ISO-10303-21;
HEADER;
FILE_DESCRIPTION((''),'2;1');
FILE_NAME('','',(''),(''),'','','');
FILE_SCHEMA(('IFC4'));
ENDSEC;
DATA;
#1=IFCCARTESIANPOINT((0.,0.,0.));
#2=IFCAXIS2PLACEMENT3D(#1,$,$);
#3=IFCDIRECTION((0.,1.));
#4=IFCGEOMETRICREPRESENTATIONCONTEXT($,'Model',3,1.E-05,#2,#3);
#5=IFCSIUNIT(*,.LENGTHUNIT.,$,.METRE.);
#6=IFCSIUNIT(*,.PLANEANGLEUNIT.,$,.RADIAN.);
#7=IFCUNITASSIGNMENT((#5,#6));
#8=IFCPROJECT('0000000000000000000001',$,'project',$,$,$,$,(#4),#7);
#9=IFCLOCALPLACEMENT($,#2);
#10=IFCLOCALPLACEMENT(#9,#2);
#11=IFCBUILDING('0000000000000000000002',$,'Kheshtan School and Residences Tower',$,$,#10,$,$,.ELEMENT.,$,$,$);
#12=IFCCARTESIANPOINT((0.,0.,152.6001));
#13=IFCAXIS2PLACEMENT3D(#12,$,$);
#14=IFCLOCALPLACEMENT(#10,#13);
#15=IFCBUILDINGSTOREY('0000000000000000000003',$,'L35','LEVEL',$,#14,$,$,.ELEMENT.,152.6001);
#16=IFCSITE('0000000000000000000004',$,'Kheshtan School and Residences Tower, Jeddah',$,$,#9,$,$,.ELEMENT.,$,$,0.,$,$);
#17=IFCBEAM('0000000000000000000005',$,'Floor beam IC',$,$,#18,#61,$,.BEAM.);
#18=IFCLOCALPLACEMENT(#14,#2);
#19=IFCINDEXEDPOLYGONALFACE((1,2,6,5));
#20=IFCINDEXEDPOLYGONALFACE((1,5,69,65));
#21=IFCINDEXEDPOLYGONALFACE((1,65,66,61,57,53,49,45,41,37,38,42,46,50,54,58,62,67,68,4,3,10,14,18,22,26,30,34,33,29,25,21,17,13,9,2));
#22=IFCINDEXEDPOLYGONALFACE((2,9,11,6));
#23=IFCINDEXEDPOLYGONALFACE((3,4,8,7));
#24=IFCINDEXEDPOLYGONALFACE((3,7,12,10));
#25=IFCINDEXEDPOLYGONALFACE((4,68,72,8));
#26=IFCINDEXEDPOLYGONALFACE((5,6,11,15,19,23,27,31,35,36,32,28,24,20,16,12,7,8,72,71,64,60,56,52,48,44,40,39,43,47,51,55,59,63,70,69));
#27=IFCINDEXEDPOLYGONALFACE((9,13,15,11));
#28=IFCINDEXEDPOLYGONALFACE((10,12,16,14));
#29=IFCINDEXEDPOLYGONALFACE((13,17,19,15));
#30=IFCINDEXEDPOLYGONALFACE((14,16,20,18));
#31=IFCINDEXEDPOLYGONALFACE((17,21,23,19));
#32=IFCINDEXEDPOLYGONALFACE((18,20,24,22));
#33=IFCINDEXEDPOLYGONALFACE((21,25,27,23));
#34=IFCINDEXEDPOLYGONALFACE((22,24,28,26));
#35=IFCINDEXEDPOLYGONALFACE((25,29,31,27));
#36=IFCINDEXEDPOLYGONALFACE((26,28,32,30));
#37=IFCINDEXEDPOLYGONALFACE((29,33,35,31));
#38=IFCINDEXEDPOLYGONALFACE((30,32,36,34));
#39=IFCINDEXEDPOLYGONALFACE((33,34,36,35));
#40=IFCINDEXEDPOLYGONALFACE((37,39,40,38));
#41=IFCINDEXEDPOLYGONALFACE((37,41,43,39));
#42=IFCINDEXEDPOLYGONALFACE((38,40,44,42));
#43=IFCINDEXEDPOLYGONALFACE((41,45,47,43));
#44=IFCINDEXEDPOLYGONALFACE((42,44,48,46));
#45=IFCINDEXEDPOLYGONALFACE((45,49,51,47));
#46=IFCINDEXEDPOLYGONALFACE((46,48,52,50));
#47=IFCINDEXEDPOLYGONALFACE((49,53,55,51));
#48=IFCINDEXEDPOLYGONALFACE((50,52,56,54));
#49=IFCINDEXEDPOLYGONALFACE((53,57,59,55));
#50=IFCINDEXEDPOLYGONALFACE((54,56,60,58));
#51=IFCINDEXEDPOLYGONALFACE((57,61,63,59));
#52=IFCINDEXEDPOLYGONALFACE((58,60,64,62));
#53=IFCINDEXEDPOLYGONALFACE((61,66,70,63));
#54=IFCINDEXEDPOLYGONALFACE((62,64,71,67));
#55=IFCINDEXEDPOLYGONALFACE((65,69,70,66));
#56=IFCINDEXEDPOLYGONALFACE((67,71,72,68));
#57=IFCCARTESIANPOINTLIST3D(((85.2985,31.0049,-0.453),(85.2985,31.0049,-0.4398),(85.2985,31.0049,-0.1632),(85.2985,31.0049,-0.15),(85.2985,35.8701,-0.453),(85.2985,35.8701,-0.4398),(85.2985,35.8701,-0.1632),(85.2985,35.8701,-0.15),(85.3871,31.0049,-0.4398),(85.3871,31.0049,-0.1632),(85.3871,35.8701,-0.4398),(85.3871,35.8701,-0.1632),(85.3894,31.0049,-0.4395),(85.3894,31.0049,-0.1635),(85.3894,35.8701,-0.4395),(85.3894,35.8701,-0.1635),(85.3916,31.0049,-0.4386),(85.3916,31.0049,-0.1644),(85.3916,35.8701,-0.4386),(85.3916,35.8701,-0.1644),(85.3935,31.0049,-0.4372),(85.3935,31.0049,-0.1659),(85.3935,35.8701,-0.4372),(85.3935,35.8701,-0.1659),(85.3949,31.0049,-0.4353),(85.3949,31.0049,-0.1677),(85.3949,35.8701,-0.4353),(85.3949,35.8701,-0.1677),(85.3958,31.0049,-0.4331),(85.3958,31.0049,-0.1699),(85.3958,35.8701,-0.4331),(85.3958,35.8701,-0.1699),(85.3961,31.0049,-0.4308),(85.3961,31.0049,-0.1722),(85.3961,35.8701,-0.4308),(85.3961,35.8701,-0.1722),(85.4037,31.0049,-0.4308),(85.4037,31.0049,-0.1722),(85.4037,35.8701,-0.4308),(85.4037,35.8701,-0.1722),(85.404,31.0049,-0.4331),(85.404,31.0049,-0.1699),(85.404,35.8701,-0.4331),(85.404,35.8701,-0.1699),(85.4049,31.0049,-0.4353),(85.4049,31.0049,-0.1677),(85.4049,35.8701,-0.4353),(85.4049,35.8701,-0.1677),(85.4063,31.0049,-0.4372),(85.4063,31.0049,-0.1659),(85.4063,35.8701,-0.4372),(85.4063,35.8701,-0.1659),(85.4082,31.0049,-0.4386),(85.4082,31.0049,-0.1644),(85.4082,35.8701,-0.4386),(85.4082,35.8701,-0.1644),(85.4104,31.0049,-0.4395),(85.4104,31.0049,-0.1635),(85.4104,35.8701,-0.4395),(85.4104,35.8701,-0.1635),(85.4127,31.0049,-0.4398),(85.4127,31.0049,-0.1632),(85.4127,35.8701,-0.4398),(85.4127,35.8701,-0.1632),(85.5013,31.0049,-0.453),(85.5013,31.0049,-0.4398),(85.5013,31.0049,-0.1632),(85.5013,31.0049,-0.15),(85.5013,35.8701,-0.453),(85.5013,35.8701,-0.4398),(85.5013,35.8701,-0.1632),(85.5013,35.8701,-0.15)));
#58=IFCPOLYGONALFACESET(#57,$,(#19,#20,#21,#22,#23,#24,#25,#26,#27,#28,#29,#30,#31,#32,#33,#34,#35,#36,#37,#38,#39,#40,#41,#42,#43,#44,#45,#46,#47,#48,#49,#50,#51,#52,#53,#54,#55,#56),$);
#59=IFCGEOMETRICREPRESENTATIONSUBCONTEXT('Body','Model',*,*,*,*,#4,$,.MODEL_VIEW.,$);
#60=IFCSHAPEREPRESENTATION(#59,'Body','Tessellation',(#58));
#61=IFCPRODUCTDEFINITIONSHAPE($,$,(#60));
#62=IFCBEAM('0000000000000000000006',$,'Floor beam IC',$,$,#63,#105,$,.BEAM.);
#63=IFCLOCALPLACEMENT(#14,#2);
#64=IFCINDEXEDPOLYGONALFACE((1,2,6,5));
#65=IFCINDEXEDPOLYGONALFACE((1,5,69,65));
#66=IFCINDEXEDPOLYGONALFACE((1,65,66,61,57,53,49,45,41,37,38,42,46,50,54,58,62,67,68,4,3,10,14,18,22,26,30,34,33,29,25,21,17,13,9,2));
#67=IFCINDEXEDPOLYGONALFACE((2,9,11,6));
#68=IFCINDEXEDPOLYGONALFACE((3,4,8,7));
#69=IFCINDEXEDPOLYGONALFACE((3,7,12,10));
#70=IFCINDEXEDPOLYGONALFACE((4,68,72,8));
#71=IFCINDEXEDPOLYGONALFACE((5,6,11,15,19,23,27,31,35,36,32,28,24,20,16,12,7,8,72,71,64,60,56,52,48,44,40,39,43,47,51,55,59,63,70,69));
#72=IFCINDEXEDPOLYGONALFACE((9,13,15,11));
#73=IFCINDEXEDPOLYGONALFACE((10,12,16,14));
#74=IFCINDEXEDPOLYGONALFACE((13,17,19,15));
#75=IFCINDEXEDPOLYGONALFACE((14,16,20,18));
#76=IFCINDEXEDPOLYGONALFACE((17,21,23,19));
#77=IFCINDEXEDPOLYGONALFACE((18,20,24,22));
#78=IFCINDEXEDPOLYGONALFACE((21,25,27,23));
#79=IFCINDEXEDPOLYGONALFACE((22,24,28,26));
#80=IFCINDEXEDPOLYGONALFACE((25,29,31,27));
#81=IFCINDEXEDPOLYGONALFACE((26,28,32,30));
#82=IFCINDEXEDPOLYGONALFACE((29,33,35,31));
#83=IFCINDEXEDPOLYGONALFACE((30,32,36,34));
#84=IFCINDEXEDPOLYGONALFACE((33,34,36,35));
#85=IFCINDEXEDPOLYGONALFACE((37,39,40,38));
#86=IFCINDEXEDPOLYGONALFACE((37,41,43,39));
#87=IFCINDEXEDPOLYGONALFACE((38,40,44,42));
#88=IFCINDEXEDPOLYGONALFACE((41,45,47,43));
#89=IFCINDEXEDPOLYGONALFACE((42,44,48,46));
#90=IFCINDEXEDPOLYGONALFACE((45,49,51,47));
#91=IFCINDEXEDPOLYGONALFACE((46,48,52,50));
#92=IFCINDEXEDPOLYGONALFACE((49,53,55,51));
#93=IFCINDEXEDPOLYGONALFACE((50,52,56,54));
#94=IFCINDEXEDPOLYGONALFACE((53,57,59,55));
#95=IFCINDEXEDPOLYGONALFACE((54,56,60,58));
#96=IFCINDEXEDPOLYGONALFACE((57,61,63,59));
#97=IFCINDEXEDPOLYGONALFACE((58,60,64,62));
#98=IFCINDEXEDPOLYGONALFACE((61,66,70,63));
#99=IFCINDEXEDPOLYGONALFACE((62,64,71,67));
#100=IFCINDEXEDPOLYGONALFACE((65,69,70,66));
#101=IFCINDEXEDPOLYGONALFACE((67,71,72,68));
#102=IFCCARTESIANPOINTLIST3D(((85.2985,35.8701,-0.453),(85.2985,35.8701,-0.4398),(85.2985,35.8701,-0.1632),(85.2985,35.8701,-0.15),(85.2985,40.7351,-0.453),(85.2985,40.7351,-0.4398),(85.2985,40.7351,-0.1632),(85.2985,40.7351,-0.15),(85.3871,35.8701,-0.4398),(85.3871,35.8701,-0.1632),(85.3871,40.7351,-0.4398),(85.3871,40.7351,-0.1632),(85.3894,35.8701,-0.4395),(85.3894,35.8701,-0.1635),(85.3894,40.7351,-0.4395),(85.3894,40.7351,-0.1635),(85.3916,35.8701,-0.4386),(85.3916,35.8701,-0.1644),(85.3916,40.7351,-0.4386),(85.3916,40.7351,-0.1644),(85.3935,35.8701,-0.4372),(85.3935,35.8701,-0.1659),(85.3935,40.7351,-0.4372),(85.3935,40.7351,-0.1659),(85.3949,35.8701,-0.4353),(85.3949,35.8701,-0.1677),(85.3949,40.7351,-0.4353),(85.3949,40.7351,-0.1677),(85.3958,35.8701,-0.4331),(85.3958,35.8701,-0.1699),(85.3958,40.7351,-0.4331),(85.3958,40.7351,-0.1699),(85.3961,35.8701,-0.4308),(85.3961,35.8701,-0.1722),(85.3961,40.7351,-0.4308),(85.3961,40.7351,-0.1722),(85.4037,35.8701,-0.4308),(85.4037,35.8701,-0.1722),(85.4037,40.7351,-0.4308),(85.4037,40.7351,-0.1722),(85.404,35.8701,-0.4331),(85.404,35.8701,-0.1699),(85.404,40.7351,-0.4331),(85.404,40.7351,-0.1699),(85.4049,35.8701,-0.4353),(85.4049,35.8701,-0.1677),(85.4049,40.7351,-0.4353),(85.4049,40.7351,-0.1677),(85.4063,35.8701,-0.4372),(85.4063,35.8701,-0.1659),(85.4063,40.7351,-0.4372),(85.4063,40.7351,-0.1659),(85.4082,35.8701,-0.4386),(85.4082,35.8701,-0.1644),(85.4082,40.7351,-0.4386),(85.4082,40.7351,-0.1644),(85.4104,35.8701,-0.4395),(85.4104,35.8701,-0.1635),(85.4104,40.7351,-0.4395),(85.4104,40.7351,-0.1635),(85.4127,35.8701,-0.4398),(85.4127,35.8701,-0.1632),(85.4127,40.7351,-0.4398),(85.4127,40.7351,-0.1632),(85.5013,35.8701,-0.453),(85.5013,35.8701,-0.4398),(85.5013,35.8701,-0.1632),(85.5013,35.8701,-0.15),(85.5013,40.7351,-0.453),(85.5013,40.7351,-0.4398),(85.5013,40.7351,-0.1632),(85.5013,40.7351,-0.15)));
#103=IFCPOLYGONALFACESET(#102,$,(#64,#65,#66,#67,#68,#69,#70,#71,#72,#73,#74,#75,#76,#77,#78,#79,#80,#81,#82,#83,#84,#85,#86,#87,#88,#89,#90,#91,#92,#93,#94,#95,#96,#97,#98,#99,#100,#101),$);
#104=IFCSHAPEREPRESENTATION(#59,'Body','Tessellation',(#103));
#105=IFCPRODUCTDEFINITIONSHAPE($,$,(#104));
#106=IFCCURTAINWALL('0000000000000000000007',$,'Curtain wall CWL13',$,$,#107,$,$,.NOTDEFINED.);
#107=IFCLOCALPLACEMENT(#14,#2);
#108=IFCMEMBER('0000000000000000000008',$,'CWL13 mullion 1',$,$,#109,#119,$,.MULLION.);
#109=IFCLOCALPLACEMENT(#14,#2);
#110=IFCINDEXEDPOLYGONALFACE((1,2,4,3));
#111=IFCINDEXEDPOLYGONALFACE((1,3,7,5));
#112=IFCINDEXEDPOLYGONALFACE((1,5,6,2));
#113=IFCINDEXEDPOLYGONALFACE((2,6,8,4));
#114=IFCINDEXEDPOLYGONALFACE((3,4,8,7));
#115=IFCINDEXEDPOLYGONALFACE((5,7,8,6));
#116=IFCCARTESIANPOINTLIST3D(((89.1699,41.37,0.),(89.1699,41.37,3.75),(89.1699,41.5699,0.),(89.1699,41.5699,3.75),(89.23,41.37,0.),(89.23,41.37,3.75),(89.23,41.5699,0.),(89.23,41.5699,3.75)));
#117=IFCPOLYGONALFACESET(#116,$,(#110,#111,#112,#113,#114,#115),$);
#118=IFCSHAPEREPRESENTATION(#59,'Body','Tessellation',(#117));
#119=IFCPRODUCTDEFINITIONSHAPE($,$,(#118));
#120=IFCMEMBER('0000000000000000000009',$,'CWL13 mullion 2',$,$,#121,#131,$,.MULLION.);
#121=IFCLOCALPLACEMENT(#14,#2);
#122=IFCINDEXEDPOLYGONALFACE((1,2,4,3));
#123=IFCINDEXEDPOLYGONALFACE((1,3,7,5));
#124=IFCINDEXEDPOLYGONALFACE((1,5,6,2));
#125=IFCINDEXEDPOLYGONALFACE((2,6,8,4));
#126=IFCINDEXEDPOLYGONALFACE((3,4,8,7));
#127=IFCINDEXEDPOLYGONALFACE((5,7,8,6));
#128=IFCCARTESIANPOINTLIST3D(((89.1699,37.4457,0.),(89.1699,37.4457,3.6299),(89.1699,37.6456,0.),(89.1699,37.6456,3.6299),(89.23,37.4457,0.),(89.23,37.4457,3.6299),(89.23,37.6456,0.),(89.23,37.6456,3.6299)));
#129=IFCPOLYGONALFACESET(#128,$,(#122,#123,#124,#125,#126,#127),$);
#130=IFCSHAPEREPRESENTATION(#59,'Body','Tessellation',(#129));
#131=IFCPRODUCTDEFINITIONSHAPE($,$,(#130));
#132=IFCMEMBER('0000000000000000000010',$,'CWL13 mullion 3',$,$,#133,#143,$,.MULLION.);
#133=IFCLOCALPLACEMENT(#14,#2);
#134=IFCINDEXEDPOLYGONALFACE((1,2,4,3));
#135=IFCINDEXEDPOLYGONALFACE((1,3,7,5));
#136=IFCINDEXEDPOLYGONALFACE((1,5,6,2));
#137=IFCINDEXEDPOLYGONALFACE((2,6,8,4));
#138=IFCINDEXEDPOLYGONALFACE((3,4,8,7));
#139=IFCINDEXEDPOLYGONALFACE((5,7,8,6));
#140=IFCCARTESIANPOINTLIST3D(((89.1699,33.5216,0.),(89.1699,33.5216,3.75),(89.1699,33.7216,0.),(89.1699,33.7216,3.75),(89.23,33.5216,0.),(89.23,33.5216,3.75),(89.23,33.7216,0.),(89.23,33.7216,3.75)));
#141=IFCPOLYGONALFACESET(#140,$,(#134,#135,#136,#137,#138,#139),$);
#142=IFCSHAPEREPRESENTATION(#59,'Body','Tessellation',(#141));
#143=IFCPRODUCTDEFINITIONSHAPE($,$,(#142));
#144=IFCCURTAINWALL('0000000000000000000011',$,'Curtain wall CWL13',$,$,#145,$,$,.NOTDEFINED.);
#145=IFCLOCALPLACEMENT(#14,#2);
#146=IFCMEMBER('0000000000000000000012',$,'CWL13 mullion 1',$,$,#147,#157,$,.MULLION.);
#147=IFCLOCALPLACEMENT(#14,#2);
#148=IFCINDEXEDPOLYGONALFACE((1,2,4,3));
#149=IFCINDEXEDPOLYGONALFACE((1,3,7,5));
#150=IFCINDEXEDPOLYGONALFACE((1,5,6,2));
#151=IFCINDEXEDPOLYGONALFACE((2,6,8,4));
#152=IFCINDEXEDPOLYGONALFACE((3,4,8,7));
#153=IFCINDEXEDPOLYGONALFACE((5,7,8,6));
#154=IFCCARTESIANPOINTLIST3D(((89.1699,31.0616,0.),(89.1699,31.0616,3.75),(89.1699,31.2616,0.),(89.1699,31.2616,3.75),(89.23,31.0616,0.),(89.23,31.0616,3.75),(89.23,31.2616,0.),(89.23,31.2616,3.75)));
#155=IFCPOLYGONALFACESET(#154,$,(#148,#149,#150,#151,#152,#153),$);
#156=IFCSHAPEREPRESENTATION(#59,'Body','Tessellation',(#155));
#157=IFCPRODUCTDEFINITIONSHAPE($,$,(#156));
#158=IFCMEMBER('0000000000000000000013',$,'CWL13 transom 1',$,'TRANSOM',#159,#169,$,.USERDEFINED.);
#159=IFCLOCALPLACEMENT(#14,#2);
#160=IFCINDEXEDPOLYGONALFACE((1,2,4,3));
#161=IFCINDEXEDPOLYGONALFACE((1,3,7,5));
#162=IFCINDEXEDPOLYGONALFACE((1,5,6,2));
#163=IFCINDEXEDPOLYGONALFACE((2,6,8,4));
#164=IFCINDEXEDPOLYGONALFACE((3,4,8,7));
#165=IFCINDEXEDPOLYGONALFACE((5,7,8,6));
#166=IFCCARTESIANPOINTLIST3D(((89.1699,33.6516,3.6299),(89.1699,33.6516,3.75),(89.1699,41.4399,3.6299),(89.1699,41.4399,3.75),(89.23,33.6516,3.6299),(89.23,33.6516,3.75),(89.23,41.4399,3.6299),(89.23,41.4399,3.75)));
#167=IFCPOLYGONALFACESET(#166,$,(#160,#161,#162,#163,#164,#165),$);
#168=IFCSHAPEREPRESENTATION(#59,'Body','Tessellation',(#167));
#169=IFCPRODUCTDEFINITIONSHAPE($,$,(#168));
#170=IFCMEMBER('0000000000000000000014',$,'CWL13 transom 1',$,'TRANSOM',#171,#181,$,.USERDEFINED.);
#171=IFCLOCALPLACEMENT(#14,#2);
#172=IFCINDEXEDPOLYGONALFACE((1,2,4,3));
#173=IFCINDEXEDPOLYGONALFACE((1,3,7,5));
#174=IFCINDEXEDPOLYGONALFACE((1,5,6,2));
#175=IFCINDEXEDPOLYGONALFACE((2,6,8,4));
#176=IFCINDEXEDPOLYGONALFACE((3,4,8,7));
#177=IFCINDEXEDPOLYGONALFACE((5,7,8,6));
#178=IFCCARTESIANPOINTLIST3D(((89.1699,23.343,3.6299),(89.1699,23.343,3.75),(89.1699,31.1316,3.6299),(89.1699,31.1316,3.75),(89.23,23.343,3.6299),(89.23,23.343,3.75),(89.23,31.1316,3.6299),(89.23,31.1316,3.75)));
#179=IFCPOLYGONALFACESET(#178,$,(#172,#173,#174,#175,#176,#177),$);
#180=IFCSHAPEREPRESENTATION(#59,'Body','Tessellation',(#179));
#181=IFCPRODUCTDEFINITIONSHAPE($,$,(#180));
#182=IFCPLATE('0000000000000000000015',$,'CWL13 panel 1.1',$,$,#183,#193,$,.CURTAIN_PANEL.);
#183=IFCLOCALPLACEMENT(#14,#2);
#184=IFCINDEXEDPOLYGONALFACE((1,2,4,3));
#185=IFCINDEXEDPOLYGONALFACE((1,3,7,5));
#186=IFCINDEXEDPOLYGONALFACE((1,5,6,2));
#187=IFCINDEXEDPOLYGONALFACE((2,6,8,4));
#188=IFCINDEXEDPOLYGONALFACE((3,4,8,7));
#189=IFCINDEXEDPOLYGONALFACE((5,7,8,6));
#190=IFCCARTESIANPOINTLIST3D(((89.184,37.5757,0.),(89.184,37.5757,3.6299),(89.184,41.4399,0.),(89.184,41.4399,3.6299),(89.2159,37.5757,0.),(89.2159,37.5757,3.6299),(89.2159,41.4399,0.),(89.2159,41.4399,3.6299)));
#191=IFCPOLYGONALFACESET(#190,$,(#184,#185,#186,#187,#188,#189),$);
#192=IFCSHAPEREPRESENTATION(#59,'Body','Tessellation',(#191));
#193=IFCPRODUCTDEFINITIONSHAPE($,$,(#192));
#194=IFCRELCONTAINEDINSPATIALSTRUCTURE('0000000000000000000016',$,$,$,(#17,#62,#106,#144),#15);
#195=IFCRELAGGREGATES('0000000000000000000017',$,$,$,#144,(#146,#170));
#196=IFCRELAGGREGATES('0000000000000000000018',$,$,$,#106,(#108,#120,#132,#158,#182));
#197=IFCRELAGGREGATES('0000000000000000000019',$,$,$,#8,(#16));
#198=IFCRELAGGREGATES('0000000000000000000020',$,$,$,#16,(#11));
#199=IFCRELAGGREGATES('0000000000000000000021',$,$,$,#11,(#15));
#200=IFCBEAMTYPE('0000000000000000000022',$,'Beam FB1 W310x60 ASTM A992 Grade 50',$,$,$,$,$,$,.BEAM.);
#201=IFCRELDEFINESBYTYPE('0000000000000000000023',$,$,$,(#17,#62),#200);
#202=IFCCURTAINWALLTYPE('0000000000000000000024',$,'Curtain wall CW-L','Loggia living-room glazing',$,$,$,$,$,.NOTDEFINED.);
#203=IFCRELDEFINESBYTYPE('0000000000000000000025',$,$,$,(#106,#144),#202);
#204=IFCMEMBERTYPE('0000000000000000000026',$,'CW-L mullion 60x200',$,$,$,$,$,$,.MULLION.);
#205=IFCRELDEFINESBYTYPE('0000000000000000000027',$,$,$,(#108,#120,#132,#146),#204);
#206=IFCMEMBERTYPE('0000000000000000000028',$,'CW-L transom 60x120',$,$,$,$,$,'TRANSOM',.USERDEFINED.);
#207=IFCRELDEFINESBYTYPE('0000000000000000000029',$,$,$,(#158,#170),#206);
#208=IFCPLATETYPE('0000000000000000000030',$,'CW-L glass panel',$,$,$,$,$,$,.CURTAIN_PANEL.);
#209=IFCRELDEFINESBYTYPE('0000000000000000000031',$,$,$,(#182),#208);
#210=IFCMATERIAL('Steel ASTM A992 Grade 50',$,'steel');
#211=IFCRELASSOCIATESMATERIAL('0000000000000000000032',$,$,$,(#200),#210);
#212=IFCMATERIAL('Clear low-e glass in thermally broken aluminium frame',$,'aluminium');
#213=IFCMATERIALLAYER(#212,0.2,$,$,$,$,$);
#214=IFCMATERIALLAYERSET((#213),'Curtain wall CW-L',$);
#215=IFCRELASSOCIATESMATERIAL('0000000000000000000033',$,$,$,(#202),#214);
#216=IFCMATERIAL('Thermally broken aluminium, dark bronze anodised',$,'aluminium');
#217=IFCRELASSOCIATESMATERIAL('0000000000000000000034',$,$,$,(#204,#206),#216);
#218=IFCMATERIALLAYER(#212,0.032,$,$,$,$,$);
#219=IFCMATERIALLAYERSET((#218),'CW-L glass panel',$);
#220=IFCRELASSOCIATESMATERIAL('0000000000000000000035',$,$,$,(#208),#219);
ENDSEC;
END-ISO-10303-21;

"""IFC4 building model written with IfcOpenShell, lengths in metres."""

from ifc_helpers import new_model, si_unit, direction, frame, origin, origin_2d, place, context, subcontext, project, spatial, rectangle, i_section, extrude, material, layer, layer_set, material_profile, profile_set, type_object, element, aggregate, save


model = new_model("IFC4")

# Units and contexts
model_context = context("Model", 3, precision=1e-05, world=origin(), true_north=direction((0.0, 1.0)))
body_context = subcontext(model_context, "Body", "Model", "MODEL_VIEW")
ifc_project = project(units=[si_unit("LENGTHUNIT", "METRE"), si_unit("PLANEANGLEUNIT", "RADIAN")], contexts=[model_context])

# Site, building, storey
site_placement = place(None, origin())
site = spatial("IfcSite", under=ifc_project, at=site_placement, Name="Kheshtan School and Residences Tower, Jeddah", CompositionType="ELEMENT", RefElevation=0.0)
building_placement = place(site_placement, origin())
building = spatial("IfcBuilding", under=site, at=building_placement, Name="Kheshtan School and Residences Tower", CompositionType="ELEMENT")
storey_placement = place(building_placement, frame((0.0, 0.0, 152.6001)))
storey = spatial("IfcBuildingStorey", under=building, at=storey_placement, Name="L35", Description="LEVEL", CompositionType="ELEMENT", Elevation=152.6001)

# Beams
ifc_material_1 = material(Name="Steel ASTM A992 Grade 50", Category="steel")
ifc_material_profile_1 = material_profile(ifc_material_1, i_section(OverallWidth=0.2029, OverallDepth=0.303, WebThickness=0.0076, FlangeThickness=0.0132, FilletRadius=0.009, at=origin_2d()), Name="W310x60")
ifc_profile_set_1 = profile_set([ifc_material_profile_1], Name="Steel ASTM A992 Grade 50")
beam_type = type_object("IfcBeamType", Name="Beam FB1 W310x60 ASTM A992 Grade 50", PredefinedType="BEAM", material=ifc_profile_set_1)
beam_1_placement = place(storey_placement, frame((85.3999, 31.0049, -0.3015), z_axis=(0.0, 1.0, 0.0), x_axis=(-1.0, 0.0, 0.0)))
element("IfcBeam", 1, at=beam_1_placement, inside=storey, type_object=beam_type, Name="Floor beam IC", PredefinedType="BEAM", context=body_context, shape_type="SweptSolid", body=[
    extrude(i_section(OverallWidth=0.2029, OverallDepth=0.303, WebThickness=0.0076, FlangeThickness=0.0132, FilletRadius=0.009, at=origin_2d()), origin(), (0.0, 0.0, 1.0), 4.8652),
])
beam_2_placement = place(storey_placement, frame((85.3999, 40.7351, -0.3015), z_axis=(0.0, -1.0, 0.0), x_axis=(1.0, 0.0, 0.0)))
element("IfcBeam", 2, at=beam_2_placement, inside=storey, type_object=beam_type, Name="Floor beam IC", PredefinedType="BEAM", context=body_context, shape_type="SweptSolid", body=[
    extrude(i_section(OverallWidth=0.2029, OverallDepth=0.303, WebThickness=0.0076, FlangeThickness=0.0132, FilletRadius=0.009, at=origin_2d()), origin(), (0.0, 0.0, 1.0), 4.865),
])

# Curtain wall, members
ifc_material_2 = material(Name="Clear low-e glass in thermally broken aluminium frame", Category="aluminium")
ifc_layer_1 = layer(ifc_material_2, 0.2)
ifc_layer_set_1 = layer_set([ifc_layer_1], Name="Curtain wall CW-L")
curtain_wall_type = type_object("IfcCurtainWallType", Name="Curtain wall CW-L", Description="Loggia living-room glazing", PredefinedType="NOTDEFINED", material=ifc_layer_set_1)
curtain_wall_1_placement = place(storey_placement, origin())
curtain_wall_1 = element("IfcCurtainWall", 3, at=curtain_wall_1_placement, inside=storey, type_object=curtain_wall_type, Name="Curtain wall CWL13", PredefinedType="NOTDEFINED")
ifc_material_3 = material(Name="Thermally broken aluminium, dark bronze anodised", Category="aluminium")
ifc_material_profile_2 = material_profile(ifc_material_3, rectangle(XDim=0.0601, YDim=0.2, at=origin_2d()), Name="CW-L mullion 60x200")
ifc_profile_set_2 = profile_set([ifc_material_profile_2], Name="Thermally broken aluminium, dark bronze anodised")
member_type_1 = type_object("IfcMemberType", Name="CW-L mullion 60x200", PredefinedType="MULLION", material=ifc_profile_set_2)
member_1_placement = place(storey_placement, frame((89.2, 41.47, 0.0), z_axis=(0.0, 0.0, 1.0), x_axis=(1.0, 0.0, 0.0)))
member_1 = element("IfcMember", 4, at=member_1_placement, type_object=member_type_1, Name="CWL13 mullion 1", PredefinedType="MULLION", context=body_context, shape_type="SweptSolid", body=[
    extrude(rectangle(XDim=0.0601, YDim=0.2, at=origin_2d()), origin(), (0.0, 0.0, 1.0), 3.75),
])
member_2_placement = place(storey_placement, frame((89.2, 37.5457, 0.0), z_axis=(0.0, 0.0, 1.0), x_axis=(1.0, 0.0, 0.0)))
member_2 = element("IfcMember", 5, at=member_2_placement, type_object=member_type_1, Name="CWL13 mullion 2", PredefinedType="MULLION", context=body_context, shape_type="SweptSolid", body=[
    extrude(rectangle(XDim=0.0601, YDim=0.2, at=origin_2d()), origin(), (0.0, 0.0, 1.0), 3.6299),
])
member_3_placement = place(storey_placement, frame((89.2, 33.6216, 0.0), z_axis=(0.0, 0.0, 1.0), x_axis=(1.0, 0.0, 0.0)))
member_3 = element("IfcMember", 6, at=member_3_placement, type_object=member_type_1, Name="CWL13 mullion 3", PredefinedType="MULLION", context=body_context, shape_type="SweptSolid", body=[
    extrude(rectangle(XDim=0.0601, YDim=0.2, at=origin_2d()), origin(), (0.0, 0.0, 1.0), 3.75),
])

# Curtain wall, member
curtain_wall_2_placement = place(storey_placement, origin())
curtain_wall_2 = element("IfcCurtainWall", 7, at=curtain_wall_2_placement, inside=storey, type_object=curtain_wall_type, Name="Curtain wall CWL13", PredefinedType="NOTDEFINED")
member_4_placement = place(storey_placement, frame((89.2, 31.1616, 0.0), z_axis=(0.0, 0.0, 1.0), x_axis=(1.0, 0.0, 0.0)))
member_4 = element("IfcMember", 8, at=member_4_placement, type_object=member_type_1, Name="CWL13 mullion 1", PredefinedType="MULLION", context=body_context, shape_type="SweptSolid", body=[
    extrude(rectangle(XDim=0.0601, YDim=0.2, at=origin_2d()), origin(), (0.0, 0.0, 1.0), 3.75),
])

# Members
ifc_material_profile_3 = material_profile(ifc_material_3, rectangle(XDim=0.0601, YDim=0.1201, at=origin_2d()), Name="CW-L transom 60x120")
ifc_profile_set_3 = profile_set([ifc_material_profile_3], Name="Thermally broken aluminium, dark bronze anodised")
member_type_2 = type_object("IfcMemberType", Name="CW-L transom 60x120", ElementType="TRANSOM", PredefinedType="USERDEFINED", material=ifc_profile_set_3)
member_5_placement = place(storey_placement, frame((89.2, 41.4399, 3.6899), z_axis=(0.0, -1.0, 0.0), x_axis=(1.0, 0.0, 0.0)))
member_5 = element("IfcMember", 9, at=member_5_placement, type_object=member_type_2, Name="CWL13 transom 1", ObjectType="TRANSOM", PredefinedType="USERDEFINED", context=body_context, shape_type="SweptSolid", body=[
    extrude(rectangle(XDim=0.0601, YDim=0.1201, at=origin_2d()), origin(), (0.0, 0.0, 1.0), 7.7883),
])
member_6_placement = place(storey_placement, frame((89.2, 31.1316, 3.6899), z_axis=(0.0, -1.0, 0.0), x_axis=(1.0, 0.0, 0.0)))
member_6 = element("IfcMember", 10, at=member_6_placement, type_object=member_type_2, Name="CWL13 transom 1", ObjectType="TRANSOM", PredefinedType="USERDEFINED", context=body_context, shape_type="SweptSolid", body=[
    extrude(rectangle(XDim=0.0601, YDim=0.1201, at=origin_2d()), origin(), (0.0, 0.0, 1.0), 7.7886),
])
aggregate(curtain_wall_2, [member_4, member_6])

# Plate
ifc_layer_2 = layer(ifc_material_2, 0.032)
ifc_layer_set_2 = layer_set([ifc_layer_2], Name="CW-L glass panel")
plate_type = type_object("IfcPlateType", Name="CW-L glass panel", PredefinedType="CURTAIN_PANEL", material=ifc_layer_set_2)
plate_1_placement = place(storey_placement, frame((89.2, 39.5078, 0.0), z_axis=(0.0, 0.0, 1.0), x_axis=(0.0, -1.0, 0.0)))
plate_1 = element("IfcPlate", 11, at=plate_1_placement, type_object=plate_type, Name="CWL13 panel 1.1", PredefinedType="CURTAIN_PANEL", context=body_context, shape_type="SweptSolid", body=[
    extrude(rectangle(XDim=3.8643, YDim=0.032, at=origin_2d()), origin(), (0.0, 0.0, 1.0), 3.6299),
])
aggregate(curtain_wall_1, [member_1, member_2, member_3, member_5, plate_1])

save(model, "model.ifc")
